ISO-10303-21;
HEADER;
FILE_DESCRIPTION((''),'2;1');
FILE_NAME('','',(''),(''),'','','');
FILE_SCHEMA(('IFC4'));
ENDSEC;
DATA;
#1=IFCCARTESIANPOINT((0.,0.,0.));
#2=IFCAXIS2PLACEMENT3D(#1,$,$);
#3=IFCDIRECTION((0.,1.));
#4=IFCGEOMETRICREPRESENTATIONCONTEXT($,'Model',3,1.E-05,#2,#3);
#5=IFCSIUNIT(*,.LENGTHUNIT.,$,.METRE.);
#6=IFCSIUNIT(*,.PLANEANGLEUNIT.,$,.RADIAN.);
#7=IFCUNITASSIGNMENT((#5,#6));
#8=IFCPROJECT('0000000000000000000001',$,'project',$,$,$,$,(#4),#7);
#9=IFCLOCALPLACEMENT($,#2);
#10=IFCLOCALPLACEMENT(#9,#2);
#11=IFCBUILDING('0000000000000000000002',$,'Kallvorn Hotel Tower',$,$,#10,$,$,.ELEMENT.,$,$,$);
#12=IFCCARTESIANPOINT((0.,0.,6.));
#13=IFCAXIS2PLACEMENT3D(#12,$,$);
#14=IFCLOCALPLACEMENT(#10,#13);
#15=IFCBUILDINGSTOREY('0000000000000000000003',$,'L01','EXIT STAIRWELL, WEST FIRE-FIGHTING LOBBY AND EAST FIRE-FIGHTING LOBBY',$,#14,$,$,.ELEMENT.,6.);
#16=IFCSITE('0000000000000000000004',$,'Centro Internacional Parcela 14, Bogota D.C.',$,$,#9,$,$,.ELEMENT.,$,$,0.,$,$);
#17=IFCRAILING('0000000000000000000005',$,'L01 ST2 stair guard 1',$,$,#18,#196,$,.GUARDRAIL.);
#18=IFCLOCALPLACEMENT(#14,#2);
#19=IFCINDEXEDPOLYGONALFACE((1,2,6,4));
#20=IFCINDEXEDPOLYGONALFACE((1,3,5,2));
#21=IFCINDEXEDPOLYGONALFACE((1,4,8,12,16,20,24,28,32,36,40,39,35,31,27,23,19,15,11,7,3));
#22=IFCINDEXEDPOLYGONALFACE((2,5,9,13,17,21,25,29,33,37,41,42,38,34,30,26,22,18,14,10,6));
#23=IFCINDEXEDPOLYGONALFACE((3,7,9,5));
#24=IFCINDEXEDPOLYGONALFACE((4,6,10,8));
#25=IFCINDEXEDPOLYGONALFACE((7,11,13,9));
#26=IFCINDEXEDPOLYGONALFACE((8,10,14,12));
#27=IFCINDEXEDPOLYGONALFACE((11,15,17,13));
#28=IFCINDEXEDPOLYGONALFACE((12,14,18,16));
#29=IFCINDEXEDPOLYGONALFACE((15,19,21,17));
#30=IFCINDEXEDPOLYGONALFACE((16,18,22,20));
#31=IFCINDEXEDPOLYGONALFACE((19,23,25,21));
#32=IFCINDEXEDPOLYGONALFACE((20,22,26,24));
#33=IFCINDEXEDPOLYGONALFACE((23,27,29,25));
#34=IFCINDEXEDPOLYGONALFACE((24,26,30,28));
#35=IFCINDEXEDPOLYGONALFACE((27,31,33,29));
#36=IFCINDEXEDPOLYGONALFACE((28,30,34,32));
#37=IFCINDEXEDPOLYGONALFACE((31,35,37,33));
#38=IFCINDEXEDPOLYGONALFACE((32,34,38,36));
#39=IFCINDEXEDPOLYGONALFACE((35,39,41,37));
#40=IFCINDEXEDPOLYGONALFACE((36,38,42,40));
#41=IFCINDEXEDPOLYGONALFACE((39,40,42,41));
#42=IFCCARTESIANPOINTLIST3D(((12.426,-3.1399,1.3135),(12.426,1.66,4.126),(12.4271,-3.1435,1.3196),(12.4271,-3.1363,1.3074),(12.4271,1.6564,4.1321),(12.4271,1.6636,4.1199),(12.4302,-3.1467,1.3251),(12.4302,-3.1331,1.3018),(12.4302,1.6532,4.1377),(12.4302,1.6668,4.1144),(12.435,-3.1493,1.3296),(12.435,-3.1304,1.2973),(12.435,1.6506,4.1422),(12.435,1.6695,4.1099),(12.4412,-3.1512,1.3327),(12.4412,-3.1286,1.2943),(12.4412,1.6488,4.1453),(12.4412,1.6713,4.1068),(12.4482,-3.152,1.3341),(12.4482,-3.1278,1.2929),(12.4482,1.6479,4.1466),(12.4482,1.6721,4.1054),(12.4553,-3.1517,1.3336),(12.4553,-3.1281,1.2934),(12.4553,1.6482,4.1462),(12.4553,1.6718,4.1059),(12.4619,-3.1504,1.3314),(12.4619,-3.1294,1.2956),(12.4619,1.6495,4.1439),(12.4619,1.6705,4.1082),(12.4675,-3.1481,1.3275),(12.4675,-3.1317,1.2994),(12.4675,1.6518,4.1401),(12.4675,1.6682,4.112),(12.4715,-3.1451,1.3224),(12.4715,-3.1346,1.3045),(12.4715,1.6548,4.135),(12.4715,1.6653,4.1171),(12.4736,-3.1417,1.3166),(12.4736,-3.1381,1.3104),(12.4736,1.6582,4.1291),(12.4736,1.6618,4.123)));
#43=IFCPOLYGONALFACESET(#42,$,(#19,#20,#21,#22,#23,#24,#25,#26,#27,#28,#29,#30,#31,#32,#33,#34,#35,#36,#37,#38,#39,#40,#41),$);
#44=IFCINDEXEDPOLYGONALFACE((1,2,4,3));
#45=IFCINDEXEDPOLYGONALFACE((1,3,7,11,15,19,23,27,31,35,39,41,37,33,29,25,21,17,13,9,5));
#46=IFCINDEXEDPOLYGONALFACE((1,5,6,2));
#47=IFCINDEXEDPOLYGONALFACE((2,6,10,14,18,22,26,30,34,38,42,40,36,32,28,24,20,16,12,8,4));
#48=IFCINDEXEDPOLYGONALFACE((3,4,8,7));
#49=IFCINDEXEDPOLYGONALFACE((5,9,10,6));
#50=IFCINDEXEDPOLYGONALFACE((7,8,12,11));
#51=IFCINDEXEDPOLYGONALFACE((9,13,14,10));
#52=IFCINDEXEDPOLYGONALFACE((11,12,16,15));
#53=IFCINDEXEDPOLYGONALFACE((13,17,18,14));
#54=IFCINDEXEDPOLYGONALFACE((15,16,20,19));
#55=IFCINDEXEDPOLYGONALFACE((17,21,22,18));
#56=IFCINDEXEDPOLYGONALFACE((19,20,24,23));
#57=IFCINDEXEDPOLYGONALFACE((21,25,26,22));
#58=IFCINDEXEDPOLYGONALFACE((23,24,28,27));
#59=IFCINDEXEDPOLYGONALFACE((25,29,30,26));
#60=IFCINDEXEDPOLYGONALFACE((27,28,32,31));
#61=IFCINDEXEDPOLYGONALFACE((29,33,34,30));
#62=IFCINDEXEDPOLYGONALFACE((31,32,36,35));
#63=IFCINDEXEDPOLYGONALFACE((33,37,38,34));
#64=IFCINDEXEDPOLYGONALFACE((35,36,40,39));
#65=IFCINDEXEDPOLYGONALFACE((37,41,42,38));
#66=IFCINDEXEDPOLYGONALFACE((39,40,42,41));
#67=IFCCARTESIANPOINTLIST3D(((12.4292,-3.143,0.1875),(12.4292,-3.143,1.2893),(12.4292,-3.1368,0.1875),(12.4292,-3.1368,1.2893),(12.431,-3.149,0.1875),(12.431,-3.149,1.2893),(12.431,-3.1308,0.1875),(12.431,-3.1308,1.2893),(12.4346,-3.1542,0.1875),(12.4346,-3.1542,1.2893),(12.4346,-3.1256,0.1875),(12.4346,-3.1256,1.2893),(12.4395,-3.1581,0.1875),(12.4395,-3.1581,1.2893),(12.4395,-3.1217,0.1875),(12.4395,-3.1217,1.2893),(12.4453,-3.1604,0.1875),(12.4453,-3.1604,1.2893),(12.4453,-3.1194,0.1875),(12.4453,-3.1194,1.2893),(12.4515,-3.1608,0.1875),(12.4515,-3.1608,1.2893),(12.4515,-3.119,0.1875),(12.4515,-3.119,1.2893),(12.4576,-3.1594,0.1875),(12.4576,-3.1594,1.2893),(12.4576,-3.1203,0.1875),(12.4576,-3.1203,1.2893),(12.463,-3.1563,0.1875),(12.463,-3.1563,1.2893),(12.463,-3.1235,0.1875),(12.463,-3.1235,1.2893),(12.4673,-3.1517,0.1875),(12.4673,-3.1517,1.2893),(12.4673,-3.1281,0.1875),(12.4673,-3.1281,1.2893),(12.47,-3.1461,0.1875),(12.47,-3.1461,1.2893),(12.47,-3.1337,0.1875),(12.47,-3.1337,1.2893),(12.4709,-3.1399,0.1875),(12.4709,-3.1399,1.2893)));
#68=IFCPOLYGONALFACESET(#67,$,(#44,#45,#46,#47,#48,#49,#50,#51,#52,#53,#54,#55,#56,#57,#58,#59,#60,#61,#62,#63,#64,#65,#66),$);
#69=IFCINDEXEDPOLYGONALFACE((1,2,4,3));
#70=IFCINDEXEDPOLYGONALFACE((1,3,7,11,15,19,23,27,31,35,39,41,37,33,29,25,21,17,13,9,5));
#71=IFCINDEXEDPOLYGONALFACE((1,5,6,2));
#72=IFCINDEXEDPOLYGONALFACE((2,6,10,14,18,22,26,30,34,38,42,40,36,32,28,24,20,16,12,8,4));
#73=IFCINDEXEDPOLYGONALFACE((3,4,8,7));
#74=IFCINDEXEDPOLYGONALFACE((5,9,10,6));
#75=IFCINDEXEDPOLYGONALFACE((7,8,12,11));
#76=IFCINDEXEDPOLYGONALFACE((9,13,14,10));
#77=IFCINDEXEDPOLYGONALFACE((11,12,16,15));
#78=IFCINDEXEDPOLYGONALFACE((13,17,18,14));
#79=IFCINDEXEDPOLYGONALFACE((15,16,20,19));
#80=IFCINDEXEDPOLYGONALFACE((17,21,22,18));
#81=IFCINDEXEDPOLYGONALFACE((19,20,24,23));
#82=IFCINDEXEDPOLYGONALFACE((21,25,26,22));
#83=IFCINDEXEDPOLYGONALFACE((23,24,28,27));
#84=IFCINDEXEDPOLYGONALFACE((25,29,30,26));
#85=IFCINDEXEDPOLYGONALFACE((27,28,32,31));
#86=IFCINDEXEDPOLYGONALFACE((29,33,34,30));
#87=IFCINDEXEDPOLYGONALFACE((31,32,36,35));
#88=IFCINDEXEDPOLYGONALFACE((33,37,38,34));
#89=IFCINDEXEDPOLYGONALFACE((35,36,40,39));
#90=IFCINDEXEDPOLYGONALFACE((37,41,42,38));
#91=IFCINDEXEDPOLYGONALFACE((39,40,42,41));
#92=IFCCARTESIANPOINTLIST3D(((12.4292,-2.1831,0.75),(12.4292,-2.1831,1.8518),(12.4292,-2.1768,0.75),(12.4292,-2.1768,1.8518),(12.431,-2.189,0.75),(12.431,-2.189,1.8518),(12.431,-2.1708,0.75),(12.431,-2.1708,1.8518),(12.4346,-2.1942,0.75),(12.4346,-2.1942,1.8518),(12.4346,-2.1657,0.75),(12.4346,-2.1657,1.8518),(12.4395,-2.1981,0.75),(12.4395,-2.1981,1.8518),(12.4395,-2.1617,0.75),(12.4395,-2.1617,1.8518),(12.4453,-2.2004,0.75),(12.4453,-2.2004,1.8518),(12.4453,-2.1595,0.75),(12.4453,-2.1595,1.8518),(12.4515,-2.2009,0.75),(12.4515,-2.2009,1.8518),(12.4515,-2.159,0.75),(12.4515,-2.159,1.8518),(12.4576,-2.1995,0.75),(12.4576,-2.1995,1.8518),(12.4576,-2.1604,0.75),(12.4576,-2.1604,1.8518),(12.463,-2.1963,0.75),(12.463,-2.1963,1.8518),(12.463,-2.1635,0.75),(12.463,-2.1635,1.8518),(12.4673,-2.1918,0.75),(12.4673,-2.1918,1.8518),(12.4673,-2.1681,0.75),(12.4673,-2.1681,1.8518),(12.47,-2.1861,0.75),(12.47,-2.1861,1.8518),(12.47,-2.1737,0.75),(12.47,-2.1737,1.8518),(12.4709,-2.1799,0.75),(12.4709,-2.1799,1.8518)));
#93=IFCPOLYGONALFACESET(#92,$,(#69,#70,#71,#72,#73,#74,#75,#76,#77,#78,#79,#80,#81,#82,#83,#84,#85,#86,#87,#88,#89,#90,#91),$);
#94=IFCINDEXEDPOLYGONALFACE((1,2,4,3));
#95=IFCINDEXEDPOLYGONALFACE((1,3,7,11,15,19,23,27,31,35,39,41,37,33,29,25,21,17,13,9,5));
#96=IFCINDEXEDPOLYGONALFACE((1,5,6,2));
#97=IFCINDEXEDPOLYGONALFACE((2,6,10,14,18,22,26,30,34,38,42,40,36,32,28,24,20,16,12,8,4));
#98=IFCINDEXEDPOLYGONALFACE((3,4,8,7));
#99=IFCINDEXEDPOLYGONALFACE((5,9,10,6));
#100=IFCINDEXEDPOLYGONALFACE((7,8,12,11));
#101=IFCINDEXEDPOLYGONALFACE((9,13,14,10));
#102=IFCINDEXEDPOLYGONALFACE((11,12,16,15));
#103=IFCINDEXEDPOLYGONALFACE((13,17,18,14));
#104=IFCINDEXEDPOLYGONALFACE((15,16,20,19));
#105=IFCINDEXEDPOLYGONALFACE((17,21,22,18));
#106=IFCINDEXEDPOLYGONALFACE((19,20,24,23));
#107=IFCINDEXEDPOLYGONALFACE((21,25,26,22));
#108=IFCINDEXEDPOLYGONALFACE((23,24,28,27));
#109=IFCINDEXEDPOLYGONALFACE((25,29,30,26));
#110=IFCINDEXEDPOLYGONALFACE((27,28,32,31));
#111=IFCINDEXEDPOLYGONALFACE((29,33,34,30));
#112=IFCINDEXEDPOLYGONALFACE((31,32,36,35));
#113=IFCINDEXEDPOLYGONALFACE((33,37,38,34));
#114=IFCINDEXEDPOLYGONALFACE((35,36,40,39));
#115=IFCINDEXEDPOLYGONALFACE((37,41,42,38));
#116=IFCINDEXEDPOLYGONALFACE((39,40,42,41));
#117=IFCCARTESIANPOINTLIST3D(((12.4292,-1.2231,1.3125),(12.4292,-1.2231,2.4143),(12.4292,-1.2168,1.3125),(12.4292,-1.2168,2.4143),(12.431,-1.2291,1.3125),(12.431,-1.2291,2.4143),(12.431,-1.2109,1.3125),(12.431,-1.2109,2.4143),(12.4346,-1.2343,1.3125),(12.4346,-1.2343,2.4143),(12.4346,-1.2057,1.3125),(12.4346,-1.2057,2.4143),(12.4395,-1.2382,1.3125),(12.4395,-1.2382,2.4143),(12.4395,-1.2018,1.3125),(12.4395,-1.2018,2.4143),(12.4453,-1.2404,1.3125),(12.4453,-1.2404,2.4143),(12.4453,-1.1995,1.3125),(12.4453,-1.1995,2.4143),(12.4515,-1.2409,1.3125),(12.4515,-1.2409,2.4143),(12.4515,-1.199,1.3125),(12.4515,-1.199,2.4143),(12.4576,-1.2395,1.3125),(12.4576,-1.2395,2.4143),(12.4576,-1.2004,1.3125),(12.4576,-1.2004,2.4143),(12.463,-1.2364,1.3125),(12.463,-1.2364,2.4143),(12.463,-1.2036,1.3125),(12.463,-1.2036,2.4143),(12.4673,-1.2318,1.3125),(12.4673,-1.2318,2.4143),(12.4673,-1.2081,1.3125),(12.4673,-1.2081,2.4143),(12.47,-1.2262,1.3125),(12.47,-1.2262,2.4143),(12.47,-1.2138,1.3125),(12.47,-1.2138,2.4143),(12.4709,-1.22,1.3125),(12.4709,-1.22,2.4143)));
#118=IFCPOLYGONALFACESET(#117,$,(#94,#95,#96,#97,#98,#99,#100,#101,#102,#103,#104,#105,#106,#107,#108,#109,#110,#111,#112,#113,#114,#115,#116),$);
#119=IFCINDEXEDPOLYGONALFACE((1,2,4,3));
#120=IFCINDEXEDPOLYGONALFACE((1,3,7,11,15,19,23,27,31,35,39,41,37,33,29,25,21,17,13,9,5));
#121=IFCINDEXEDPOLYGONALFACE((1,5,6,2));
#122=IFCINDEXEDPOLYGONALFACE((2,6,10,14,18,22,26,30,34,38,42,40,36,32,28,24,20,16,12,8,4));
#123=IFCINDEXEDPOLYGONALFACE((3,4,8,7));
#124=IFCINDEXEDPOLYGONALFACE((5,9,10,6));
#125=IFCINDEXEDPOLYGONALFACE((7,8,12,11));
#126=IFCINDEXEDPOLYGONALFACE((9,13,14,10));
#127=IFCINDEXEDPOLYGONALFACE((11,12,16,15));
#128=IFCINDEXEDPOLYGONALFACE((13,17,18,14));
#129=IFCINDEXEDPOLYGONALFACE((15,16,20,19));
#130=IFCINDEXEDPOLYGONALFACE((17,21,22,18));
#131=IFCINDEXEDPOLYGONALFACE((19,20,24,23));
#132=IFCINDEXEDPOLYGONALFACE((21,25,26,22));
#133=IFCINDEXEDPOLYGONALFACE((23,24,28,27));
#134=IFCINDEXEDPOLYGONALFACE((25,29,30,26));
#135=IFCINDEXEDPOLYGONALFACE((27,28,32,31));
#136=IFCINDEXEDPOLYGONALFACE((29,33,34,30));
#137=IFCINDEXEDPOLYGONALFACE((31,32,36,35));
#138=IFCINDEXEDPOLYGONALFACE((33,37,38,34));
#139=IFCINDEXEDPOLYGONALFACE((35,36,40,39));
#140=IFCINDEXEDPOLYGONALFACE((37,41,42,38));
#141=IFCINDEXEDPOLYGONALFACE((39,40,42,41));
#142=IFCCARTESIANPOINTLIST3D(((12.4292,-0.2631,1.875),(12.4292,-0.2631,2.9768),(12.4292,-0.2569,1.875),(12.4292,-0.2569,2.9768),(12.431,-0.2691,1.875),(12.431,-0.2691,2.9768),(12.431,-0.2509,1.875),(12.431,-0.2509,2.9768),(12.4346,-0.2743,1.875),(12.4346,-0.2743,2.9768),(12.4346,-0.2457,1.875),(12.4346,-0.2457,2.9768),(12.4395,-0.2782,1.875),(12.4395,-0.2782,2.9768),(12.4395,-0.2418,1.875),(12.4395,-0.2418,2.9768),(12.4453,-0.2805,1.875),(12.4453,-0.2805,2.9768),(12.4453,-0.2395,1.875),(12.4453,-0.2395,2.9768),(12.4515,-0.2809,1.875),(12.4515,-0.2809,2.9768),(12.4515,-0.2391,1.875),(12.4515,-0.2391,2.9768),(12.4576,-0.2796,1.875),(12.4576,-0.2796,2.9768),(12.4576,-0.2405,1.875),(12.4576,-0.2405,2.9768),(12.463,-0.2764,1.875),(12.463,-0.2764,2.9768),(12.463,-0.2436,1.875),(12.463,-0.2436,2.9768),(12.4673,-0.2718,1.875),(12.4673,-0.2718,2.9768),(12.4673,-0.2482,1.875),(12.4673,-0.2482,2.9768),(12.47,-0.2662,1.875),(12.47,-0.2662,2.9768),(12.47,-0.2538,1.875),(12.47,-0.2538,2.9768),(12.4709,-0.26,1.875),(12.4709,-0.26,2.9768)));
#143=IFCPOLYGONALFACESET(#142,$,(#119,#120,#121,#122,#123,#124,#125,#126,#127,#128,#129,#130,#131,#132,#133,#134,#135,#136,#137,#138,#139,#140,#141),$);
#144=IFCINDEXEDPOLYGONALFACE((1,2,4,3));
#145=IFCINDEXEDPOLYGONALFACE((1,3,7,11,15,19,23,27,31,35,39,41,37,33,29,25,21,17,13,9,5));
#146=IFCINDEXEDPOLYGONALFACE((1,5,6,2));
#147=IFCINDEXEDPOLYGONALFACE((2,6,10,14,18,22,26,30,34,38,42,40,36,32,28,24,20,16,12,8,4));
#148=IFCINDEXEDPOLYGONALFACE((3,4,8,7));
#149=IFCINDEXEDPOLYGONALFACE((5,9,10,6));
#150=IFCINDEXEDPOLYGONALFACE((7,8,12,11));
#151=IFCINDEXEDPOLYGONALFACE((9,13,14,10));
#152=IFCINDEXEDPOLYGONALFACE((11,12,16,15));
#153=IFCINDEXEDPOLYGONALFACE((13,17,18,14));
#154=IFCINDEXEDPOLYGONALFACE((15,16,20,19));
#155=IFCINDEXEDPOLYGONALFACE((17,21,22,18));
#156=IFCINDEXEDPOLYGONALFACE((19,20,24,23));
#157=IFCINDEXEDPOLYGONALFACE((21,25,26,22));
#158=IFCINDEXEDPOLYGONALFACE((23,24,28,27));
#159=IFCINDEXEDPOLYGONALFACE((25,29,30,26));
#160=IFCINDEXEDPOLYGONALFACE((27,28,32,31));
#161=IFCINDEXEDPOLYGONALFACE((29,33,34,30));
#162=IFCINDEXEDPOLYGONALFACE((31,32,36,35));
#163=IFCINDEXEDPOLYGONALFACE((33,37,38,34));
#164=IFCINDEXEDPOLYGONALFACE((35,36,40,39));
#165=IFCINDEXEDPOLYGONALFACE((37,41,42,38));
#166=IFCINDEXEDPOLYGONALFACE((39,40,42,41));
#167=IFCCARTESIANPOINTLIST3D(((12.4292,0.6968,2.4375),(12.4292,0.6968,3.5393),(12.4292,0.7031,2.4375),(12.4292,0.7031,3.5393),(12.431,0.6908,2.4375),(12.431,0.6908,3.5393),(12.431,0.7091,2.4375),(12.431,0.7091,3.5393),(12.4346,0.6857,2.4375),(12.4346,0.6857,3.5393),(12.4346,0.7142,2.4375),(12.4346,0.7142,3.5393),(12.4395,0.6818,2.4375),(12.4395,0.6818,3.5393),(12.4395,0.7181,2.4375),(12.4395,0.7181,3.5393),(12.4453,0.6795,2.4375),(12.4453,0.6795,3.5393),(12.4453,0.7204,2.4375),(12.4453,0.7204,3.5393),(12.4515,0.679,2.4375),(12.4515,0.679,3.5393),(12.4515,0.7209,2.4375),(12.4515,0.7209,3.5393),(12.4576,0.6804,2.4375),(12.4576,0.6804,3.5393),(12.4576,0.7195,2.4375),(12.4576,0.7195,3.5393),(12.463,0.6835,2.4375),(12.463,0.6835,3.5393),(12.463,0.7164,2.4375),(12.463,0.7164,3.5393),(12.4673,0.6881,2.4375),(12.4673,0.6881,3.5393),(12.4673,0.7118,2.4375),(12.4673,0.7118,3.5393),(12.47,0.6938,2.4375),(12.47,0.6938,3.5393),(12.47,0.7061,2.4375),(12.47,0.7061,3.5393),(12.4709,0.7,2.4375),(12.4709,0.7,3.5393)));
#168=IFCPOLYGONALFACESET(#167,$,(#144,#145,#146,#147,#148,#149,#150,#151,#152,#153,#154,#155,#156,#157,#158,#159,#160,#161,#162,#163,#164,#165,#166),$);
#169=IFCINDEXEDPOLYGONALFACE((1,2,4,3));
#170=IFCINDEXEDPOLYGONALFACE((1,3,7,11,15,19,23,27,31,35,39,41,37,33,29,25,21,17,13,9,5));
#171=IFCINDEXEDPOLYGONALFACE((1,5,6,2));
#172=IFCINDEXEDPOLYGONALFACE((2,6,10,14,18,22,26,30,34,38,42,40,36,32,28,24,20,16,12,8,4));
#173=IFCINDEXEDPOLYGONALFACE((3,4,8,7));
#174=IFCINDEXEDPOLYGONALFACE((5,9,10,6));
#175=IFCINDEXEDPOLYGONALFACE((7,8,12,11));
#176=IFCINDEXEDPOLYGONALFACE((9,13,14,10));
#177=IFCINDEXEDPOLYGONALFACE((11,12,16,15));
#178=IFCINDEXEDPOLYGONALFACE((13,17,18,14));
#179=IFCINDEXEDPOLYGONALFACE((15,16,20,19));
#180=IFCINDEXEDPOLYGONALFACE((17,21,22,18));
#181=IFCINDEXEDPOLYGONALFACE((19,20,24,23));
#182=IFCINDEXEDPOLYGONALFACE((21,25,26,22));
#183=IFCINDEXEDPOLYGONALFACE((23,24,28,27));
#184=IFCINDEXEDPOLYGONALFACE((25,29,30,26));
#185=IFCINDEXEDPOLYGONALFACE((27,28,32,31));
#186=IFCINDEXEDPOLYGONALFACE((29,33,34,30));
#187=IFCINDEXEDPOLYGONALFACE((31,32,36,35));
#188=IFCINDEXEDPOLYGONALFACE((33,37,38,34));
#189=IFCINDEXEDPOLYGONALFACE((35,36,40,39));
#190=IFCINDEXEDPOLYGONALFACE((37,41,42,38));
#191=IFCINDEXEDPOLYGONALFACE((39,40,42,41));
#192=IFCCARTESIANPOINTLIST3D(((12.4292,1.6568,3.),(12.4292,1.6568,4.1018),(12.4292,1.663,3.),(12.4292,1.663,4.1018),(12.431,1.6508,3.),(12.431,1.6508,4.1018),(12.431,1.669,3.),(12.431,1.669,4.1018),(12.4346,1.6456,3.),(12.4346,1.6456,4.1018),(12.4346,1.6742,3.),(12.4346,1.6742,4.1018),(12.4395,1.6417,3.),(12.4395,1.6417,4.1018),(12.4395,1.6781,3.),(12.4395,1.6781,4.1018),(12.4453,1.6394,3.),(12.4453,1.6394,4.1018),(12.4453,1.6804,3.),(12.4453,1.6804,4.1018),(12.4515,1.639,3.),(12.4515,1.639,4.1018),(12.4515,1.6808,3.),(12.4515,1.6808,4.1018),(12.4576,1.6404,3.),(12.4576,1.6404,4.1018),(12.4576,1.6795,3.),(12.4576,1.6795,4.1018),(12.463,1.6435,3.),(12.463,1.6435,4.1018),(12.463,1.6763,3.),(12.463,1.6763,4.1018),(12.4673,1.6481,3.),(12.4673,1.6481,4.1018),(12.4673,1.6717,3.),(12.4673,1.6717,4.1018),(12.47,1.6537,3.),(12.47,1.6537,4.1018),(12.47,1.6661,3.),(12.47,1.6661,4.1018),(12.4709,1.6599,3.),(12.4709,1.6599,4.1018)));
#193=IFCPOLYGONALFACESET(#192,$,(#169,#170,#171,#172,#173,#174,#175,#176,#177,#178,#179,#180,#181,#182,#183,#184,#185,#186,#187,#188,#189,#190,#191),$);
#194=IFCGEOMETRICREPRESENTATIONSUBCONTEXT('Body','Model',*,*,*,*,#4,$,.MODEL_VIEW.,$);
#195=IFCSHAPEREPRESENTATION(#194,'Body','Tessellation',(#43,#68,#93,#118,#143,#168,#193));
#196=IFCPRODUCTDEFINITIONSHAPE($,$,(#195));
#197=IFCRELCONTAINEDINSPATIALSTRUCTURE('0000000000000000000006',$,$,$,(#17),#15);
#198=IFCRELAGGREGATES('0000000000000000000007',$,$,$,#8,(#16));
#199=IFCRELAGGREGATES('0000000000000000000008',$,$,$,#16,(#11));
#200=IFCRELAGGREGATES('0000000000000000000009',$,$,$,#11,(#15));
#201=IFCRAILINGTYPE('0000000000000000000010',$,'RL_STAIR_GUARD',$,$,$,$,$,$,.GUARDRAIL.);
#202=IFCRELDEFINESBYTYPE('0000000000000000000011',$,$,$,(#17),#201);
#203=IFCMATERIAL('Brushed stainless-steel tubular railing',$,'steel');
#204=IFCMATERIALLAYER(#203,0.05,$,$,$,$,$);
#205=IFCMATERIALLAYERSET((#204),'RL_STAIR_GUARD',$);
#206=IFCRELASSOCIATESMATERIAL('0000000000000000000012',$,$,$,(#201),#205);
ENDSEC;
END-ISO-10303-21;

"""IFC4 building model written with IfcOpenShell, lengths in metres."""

from ifc_helpers import new_model, si_unit, direction, frame, origin, origin_2d, place, context, subcontext, project, spatial, circle, extrude, material, layer, layer_set, type_object, element, save


model = new_model("IFC4")

# Units and contexts
model_context = context("Model", 3, precision=1e-05, world=origin(), true_north=direction((0.0, 1.0)))
body_context = subcontext(model_context, "Body", "Model", "MODEL_VIEW")
ifc_project = project(units=[si_unit("LENGTHUNIT", "METRE"), si_unit("PLANEANGLEUNIT", "RADIAN")], contexts=[model_context])

# Site, building, storey
site_placement = place(None, origin())
site = spatial("IfcSite", under=ifc_project, at=site_placement, Name="Centro Internacional Parcela 14, Bogota D.C.", CompositionType="ELEMENT", RefElevation=0.0)
building_placement = place(site_placement, origin())
building = spatial("IfcBuilding", under=site, at=building_placement, Name="Kallvorn Hotel Tower", CompositionType="ELEMENT")
storey_placement = place(building_placement, frame((0.0, 0.0, 6.0)))
storey = spatial("IfcBuildingStorey", under=building, at=storey_placement, Name="L01", Description="EXIT STAIRWELL, WEST FIRE-FIGHTING LOBBY AND EAST FIRE-FIGHTING LOBBY", CompositionType="ELEMENT", Elevation=6.0)

# Railing
ifc_material_1 = material(Name="Brushed stainless-steel tubular railing", Category="steel")
ifc_layer_1 = layer(ifc_material_1, 0.05)
ifc_layer_set_1 = layer_set([ifc_layer_1], Name="RL_STAIR_GUARD")
railing_type_1 = type_object("IfcRailingType", Name="RL_STAIR_GUARD", PredefinedType="GUARDRAIL", material=ifc_layer_set_1)
railing_1_placement = place(storey_placement, frame((12.45, -3.1399, 0.1875)))
element("IfcRailing", 1, at=railing_1_placement, inside=storey, type_object=railing_type_1, Name="L01 ST2 stair guard 1", PredefinedType="GUARDRAIL", context=body_context, shape_type="SweptSolid", body=[
    extrude(circle(Radius=0.0239, at=origin_2d()), frame((0.0, 0.0, 1.126), z_axis=(0.0, 0.86279, 0.505562), x_axis=(-1.0, 0.0, 0.0)), (0.0, 0.0, 1.0), 5.5632),
    extrude(circle(Radius=0.021, at=origin_2d()), origin(), (0.0, 0.0, 1.0), 1.1018),
    extrude(circle(Radius=0.021, at=origin_2d()), frame((0.0, 0.96, 0.5625)), (0.0, 0.0, 1.0), 1.1018),
    extrude(circle(Radius=0.021, at=origin_2d()), frame((0.0, 1.9199, 1.125)), (0.0, 0.0, 1.0), 1.1018),
    extrude(circle(Radius=0.021, at=origin_2d()), frame((0.0, 2.8799, 1.6875)), (0.0, 0.0, 1.0), 1.1018),
    extrude(circle(Radius=0.021, at=origin_2d()), frame((0.0, 3.8398, 2.25)), (0.0, 0.0, 1.0), 1.1018),
    extrude(circle(Radius=0.021, at=origin_2d()), frame((0.0, 4.7998, 2.8125)), (0.0, 0.0, 1.0), 1.1018),
])

save(model, "model.ifc")
